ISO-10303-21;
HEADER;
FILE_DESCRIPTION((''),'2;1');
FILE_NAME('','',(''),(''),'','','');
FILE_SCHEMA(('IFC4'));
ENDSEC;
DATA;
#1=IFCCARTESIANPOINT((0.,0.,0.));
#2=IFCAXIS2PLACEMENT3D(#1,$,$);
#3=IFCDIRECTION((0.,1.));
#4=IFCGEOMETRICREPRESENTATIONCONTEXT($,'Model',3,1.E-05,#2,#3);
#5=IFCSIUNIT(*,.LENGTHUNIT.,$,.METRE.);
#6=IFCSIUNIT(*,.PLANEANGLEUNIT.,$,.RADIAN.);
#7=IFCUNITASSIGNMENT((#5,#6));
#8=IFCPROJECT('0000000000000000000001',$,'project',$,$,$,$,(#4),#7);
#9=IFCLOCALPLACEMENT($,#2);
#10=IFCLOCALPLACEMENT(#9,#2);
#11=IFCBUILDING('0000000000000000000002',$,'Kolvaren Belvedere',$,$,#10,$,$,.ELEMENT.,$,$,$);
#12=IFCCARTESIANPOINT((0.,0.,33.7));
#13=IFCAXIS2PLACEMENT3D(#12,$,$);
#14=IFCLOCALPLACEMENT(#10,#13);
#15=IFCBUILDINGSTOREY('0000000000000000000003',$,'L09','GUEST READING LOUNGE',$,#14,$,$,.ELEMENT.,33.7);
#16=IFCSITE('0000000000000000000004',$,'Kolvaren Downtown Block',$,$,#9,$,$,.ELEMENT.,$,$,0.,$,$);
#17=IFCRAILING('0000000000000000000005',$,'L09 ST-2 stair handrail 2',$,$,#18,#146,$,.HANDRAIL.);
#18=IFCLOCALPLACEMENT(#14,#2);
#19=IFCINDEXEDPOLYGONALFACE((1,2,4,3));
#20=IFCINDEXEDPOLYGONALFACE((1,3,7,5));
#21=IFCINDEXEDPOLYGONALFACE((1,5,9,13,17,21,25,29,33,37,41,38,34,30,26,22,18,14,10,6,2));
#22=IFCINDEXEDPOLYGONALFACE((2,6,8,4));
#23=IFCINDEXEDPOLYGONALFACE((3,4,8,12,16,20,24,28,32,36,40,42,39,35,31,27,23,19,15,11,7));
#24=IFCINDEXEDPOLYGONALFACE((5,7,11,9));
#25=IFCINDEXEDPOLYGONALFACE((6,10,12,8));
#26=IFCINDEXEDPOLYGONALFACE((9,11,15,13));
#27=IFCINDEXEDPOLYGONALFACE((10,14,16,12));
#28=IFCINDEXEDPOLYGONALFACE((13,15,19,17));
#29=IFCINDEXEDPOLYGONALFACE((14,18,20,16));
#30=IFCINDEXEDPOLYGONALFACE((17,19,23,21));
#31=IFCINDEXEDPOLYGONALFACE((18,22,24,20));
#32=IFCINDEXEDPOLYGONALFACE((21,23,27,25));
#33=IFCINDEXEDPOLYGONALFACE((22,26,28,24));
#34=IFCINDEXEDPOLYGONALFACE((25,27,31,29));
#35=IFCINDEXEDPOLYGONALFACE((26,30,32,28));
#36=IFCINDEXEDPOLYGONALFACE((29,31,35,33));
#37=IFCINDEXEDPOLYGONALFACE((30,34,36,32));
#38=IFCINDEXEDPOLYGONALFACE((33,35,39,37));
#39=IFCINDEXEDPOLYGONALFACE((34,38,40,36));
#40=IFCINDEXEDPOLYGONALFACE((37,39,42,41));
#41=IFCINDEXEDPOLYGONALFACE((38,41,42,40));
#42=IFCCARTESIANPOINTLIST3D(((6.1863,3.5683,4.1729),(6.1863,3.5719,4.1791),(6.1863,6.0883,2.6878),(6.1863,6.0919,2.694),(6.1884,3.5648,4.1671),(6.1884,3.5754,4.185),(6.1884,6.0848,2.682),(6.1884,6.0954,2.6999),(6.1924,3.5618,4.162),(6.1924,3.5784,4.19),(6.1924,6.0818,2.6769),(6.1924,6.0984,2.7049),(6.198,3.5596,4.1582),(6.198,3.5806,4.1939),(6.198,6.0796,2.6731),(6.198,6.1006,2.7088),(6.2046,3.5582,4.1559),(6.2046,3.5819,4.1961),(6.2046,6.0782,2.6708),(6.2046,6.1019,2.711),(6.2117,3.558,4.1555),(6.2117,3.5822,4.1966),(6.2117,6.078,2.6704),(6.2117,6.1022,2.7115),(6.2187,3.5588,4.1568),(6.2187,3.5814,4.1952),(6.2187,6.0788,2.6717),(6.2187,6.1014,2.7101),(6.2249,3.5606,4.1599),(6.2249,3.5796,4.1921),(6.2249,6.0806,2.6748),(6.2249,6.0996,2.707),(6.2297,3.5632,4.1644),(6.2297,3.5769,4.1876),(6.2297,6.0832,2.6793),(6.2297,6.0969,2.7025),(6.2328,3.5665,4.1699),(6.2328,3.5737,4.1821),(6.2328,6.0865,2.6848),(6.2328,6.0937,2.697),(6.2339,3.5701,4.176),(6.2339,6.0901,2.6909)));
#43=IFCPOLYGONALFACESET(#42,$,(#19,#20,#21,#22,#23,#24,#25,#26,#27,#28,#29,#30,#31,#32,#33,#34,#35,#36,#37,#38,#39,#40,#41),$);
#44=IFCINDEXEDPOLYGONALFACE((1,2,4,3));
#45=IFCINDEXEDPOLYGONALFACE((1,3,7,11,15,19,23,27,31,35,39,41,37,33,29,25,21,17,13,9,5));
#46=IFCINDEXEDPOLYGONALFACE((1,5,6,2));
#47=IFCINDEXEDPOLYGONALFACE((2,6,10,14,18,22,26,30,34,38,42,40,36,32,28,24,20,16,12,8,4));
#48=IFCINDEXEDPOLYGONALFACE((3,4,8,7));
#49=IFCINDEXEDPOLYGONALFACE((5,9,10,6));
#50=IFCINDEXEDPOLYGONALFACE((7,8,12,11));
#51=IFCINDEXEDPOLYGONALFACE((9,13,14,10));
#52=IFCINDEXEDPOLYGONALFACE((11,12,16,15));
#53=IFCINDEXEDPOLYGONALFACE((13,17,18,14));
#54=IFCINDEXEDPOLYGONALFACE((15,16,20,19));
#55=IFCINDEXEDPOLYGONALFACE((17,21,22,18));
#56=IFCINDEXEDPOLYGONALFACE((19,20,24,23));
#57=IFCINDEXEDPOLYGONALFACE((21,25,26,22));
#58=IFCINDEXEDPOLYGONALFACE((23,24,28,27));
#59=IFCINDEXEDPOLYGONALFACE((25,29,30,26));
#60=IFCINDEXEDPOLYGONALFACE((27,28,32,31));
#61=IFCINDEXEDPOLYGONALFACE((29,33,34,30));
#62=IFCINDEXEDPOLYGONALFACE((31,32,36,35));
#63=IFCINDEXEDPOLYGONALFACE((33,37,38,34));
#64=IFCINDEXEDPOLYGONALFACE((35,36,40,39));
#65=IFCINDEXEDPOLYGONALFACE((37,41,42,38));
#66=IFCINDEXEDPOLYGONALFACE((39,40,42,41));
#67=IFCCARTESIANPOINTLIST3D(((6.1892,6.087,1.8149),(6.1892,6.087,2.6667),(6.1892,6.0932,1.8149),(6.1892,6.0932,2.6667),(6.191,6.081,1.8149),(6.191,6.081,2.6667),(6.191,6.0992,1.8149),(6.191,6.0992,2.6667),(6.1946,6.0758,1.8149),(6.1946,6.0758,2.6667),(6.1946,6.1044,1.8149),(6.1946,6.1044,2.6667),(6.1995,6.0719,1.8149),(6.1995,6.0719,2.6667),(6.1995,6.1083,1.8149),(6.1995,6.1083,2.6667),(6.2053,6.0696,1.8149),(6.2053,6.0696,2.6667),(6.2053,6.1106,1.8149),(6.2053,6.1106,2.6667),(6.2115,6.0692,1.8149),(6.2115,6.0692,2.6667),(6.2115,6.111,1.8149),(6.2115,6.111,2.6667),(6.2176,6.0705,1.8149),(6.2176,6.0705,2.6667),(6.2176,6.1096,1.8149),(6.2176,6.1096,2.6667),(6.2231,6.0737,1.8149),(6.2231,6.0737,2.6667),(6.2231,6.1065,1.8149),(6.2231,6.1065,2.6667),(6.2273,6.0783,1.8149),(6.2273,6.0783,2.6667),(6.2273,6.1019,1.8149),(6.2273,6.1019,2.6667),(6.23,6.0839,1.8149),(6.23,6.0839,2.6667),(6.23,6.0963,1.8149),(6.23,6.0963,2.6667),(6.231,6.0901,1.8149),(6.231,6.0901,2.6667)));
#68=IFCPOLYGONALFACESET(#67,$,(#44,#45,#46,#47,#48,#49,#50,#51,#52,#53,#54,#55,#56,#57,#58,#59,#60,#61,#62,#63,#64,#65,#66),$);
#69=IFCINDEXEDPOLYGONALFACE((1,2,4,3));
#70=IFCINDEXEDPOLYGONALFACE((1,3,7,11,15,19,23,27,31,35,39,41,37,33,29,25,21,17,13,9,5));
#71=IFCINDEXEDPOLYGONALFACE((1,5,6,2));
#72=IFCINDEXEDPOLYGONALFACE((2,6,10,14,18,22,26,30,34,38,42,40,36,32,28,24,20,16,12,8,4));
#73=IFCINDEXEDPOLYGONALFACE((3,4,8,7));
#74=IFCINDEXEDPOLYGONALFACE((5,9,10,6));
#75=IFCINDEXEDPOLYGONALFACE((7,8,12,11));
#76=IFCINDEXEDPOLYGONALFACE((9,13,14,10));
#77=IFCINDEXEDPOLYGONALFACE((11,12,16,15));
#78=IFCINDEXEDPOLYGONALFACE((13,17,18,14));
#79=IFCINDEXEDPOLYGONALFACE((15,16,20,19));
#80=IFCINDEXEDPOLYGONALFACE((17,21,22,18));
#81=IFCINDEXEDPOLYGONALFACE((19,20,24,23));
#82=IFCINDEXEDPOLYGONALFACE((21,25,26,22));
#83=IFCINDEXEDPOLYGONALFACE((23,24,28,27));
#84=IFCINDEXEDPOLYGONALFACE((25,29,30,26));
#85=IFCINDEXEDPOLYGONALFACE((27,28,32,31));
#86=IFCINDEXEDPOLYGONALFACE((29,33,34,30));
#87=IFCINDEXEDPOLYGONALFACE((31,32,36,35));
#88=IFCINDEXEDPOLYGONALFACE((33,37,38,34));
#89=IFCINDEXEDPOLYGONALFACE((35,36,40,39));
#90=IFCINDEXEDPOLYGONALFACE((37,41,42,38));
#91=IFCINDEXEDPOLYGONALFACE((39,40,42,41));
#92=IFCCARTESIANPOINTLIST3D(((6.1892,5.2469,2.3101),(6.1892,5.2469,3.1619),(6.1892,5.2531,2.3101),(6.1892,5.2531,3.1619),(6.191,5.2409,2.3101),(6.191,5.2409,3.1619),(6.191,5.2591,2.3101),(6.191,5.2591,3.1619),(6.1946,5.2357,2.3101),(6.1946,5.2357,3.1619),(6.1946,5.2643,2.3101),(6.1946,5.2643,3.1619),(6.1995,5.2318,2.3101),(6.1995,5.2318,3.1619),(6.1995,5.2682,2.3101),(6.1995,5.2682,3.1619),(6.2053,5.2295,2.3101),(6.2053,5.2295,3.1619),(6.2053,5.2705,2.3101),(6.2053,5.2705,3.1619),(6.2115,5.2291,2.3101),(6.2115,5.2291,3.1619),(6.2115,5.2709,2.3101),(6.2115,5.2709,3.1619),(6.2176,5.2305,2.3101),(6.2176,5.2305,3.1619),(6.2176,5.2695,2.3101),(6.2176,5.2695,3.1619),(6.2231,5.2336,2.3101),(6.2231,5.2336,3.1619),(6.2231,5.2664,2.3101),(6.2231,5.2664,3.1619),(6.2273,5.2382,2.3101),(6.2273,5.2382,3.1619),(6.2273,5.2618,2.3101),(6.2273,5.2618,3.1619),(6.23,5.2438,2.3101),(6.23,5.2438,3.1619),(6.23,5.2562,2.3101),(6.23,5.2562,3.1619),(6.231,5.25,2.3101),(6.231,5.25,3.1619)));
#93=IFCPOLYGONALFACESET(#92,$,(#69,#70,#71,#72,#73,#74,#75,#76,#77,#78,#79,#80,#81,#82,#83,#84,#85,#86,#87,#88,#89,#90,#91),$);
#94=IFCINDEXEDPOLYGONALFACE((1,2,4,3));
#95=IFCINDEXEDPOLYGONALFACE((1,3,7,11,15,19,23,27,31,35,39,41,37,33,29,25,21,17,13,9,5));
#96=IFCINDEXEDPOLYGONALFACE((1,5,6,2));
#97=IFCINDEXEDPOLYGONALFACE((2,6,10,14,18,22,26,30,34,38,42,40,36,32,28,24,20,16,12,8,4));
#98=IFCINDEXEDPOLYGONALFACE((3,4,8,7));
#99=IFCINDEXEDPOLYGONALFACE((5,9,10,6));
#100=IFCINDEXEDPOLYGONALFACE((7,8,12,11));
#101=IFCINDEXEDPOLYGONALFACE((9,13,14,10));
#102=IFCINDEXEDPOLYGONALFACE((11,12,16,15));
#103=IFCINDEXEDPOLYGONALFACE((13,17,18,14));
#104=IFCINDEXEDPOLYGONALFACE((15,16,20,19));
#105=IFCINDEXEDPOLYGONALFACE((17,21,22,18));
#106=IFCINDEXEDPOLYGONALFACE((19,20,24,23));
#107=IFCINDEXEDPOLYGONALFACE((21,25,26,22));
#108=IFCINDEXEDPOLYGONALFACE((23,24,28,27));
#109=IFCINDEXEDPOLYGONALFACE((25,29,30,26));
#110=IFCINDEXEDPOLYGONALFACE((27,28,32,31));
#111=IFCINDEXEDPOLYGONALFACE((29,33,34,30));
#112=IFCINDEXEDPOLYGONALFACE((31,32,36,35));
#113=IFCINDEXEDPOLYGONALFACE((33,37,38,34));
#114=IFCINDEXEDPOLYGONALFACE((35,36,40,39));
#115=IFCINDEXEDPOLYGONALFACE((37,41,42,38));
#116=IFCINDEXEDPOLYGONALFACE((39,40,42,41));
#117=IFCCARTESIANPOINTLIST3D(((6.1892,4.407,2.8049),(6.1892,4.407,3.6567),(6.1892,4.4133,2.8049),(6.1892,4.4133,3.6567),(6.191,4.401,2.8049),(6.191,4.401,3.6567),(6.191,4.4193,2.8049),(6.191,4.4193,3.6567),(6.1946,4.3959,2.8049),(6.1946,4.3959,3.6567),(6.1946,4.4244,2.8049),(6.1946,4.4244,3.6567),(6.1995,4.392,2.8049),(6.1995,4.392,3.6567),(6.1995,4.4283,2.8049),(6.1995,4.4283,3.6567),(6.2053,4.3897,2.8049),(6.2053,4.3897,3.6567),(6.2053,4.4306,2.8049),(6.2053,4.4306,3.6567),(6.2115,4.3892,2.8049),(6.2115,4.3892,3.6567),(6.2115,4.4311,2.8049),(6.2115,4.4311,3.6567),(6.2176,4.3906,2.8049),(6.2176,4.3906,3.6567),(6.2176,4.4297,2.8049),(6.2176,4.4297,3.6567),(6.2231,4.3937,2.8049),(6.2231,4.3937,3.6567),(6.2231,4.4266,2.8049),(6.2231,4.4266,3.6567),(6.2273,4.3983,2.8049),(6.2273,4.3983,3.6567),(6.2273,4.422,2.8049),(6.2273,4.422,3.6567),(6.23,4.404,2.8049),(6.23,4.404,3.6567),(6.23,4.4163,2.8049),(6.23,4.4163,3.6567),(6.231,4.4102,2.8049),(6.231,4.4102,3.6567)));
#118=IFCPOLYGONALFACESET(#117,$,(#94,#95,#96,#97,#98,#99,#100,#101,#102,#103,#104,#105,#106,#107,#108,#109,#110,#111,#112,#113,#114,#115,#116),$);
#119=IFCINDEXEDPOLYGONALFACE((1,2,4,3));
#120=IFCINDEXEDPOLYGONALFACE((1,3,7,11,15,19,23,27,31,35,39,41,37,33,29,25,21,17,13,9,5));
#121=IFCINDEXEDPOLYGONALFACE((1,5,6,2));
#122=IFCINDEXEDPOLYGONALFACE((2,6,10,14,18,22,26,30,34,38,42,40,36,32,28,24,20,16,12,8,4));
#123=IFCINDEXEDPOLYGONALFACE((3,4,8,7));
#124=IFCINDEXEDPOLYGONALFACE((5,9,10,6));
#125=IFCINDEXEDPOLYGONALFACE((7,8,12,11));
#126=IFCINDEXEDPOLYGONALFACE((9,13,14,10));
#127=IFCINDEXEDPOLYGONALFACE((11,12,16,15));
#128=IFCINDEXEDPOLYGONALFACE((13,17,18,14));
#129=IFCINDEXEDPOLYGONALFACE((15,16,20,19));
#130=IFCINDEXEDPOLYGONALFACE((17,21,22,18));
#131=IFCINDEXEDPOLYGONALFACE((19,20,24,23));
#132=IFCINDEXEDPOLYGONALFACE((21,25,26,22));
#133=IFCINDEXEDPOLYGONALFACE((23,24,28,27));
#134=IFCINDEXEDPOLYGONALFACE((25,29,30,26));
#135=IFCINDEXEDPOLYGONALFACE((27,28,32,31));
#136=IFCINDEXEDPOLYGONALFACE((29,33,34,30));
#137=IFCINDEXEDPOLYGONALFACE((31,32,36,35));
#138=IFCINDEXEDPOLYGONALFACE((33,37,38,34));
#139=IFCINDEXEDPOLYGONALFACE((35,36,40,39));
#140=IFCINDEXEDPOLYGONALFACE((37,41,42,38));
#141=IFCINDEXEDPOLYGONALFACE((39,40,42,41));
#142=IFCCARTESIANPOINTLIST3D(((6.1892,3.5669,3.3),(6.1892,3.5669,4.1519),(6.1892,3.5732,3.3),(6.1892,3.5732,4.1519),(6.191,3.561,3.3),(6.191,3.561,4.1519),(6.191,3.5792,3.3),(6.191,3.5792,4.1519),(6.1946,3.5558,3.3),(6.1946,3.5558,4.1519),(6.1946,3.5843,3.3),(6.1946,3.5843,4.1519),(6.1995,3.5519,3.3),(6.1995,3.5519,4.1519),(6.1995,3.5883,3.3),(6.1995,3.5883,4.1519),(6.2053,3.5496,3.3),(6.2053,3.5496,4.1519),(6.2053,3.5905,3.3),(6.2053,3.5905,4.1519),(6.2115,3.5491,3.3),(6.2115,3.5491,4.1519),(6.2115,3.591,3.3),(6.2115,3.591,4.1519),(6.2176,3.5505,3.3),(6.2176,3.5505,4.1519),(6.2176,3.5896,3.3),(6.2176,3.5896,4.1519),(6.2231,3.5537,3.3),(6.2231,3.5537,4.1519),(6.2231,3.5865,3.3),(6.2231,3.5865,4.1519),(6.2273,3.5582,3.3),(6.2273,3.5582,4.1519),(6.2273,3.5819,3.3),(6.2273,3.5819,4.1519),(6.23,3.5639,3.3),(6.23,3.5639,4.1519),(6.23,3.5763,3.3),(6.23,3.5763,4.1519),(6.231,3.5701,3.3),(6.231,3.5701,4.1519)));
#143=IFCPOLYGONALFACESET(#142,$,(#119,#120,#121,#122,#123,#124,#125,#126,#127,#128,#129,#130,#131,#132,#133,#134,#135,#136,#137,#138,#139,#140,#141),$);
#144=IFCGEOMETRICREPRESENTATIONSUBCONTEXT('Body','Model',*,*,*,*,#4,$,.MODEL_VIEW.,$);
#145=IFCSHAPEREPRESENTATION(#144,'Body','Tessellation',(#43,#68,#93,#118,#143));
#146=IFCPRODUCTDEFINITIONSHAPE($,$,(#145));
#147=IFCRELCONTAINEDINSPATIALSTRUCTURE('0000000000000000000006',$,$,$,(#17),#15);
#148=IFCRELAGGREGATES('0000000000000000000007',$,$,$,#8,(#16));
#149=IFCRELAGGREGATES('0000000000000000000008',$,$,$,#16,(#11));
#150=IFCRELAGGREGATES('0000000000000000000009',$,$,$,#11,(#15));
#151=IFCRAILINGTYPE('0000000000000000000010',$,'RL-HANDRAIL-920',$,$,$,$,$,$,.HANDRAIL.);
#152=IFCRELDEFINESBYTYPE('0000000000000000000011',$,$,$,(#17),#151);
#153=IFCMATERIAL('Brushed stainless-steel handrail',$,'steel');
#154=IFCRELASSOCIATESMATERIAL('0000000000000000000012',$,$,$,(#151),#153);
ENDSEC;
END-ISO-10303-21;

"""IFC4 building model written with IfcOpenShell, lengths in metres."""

from ifc_helpers import new_model, si_unit, direction, frame, origin, origin_2d, place, context, subcontext, project, spatial, circle, extrude, material, type_object, element, save


model = new_model("IFC4")

# Units and contexts
model_context = context("Model", 3, precision=1e-05, world=origin(), true_north=direction((0.0, 1.0)))
body_context = subcontext(model_context, "Body", "Model", "MODEL_VIEW")
ifc_project = project(units=[si_unit("LENGTHUNIT", "METRE"), si_unit("PLANEANGLEUNIT", "RADIAN")], contexts=[model_context])

# Site, building, storey
site_placement = place(None, origin())
site = spatial("IfcSite", under=ifc_project, at=site_placement, Name="Kolvaren Downtown Block", CompositionType="ELEMENT", RefElevation=0.0)
building_placement = place(site_placement, origin())
building = spatial("IfcBuilding", under=site, at=building_placement, Name="Kolvaren Belvedere", CompositionType="ELEMENT")
storey_placement = place(building_placement, frame((0.0, 0.0, 33.7)))
storey = spatial("IfcBuildingStorey", under=building, at=storey_placement, Name="L09", Description="GUEST READING LOUNGE", CompositionType="ELEMENT", Elevation=33.7)

# Railing
ifc_material_1 = material(Name="Brushed stainless-steel handrail", Category="steel")
railing_type_1 = type_object("IfcRailingType", Name="RL-HANDRAIL-920", PredefinedType="HANDRAIL", material=ifc_material_1)
railing_1_placement = place(storey_placement, frame((6.21, 6.0901, 1.8149)))
element("IfcRailing", 1, at=railing_1_placement, inside=storey, type_object=railing_type_1, Name="L09 ST-2 stair handrail 2", PredefinedType="HANDRAIL", context=body_context, shape_type="SweptSolid", body=[
    extrude(circle(Radius=0.0239, at=origin_2d()), frame((0.0, 0.0, 0.876), z_axis=(0.0, -0.861524, 0.507717), x_axis=(1.0, 0.0, 0.0)), (0.0, 0.0, 1.0), 2.925),
    extrude(circle(Radius=0.021, at=origin_2d()), origin(), (0.0, 0.0, 1.0), 0.8518),
    extrude(circle(Radius=0.021, at=origin_2d()), frame((0.0, -0.8401, 0.4951)), (0.0, 0.0, 1.0), 0.8518),
    extrude(circle(Radius=0.021, at=origin_2d()), frame((0.0, -1.6799, 0.99)), (0.0, 0.0, 1.0), 0.8518),
    extrude(circle(Radius=0.021, at=origin_2d()), frame((0.0, -2.52, 1.4851)), (0.0, 0.0, 1.0), 0.8518),
])

save(model, "model.ifc")
